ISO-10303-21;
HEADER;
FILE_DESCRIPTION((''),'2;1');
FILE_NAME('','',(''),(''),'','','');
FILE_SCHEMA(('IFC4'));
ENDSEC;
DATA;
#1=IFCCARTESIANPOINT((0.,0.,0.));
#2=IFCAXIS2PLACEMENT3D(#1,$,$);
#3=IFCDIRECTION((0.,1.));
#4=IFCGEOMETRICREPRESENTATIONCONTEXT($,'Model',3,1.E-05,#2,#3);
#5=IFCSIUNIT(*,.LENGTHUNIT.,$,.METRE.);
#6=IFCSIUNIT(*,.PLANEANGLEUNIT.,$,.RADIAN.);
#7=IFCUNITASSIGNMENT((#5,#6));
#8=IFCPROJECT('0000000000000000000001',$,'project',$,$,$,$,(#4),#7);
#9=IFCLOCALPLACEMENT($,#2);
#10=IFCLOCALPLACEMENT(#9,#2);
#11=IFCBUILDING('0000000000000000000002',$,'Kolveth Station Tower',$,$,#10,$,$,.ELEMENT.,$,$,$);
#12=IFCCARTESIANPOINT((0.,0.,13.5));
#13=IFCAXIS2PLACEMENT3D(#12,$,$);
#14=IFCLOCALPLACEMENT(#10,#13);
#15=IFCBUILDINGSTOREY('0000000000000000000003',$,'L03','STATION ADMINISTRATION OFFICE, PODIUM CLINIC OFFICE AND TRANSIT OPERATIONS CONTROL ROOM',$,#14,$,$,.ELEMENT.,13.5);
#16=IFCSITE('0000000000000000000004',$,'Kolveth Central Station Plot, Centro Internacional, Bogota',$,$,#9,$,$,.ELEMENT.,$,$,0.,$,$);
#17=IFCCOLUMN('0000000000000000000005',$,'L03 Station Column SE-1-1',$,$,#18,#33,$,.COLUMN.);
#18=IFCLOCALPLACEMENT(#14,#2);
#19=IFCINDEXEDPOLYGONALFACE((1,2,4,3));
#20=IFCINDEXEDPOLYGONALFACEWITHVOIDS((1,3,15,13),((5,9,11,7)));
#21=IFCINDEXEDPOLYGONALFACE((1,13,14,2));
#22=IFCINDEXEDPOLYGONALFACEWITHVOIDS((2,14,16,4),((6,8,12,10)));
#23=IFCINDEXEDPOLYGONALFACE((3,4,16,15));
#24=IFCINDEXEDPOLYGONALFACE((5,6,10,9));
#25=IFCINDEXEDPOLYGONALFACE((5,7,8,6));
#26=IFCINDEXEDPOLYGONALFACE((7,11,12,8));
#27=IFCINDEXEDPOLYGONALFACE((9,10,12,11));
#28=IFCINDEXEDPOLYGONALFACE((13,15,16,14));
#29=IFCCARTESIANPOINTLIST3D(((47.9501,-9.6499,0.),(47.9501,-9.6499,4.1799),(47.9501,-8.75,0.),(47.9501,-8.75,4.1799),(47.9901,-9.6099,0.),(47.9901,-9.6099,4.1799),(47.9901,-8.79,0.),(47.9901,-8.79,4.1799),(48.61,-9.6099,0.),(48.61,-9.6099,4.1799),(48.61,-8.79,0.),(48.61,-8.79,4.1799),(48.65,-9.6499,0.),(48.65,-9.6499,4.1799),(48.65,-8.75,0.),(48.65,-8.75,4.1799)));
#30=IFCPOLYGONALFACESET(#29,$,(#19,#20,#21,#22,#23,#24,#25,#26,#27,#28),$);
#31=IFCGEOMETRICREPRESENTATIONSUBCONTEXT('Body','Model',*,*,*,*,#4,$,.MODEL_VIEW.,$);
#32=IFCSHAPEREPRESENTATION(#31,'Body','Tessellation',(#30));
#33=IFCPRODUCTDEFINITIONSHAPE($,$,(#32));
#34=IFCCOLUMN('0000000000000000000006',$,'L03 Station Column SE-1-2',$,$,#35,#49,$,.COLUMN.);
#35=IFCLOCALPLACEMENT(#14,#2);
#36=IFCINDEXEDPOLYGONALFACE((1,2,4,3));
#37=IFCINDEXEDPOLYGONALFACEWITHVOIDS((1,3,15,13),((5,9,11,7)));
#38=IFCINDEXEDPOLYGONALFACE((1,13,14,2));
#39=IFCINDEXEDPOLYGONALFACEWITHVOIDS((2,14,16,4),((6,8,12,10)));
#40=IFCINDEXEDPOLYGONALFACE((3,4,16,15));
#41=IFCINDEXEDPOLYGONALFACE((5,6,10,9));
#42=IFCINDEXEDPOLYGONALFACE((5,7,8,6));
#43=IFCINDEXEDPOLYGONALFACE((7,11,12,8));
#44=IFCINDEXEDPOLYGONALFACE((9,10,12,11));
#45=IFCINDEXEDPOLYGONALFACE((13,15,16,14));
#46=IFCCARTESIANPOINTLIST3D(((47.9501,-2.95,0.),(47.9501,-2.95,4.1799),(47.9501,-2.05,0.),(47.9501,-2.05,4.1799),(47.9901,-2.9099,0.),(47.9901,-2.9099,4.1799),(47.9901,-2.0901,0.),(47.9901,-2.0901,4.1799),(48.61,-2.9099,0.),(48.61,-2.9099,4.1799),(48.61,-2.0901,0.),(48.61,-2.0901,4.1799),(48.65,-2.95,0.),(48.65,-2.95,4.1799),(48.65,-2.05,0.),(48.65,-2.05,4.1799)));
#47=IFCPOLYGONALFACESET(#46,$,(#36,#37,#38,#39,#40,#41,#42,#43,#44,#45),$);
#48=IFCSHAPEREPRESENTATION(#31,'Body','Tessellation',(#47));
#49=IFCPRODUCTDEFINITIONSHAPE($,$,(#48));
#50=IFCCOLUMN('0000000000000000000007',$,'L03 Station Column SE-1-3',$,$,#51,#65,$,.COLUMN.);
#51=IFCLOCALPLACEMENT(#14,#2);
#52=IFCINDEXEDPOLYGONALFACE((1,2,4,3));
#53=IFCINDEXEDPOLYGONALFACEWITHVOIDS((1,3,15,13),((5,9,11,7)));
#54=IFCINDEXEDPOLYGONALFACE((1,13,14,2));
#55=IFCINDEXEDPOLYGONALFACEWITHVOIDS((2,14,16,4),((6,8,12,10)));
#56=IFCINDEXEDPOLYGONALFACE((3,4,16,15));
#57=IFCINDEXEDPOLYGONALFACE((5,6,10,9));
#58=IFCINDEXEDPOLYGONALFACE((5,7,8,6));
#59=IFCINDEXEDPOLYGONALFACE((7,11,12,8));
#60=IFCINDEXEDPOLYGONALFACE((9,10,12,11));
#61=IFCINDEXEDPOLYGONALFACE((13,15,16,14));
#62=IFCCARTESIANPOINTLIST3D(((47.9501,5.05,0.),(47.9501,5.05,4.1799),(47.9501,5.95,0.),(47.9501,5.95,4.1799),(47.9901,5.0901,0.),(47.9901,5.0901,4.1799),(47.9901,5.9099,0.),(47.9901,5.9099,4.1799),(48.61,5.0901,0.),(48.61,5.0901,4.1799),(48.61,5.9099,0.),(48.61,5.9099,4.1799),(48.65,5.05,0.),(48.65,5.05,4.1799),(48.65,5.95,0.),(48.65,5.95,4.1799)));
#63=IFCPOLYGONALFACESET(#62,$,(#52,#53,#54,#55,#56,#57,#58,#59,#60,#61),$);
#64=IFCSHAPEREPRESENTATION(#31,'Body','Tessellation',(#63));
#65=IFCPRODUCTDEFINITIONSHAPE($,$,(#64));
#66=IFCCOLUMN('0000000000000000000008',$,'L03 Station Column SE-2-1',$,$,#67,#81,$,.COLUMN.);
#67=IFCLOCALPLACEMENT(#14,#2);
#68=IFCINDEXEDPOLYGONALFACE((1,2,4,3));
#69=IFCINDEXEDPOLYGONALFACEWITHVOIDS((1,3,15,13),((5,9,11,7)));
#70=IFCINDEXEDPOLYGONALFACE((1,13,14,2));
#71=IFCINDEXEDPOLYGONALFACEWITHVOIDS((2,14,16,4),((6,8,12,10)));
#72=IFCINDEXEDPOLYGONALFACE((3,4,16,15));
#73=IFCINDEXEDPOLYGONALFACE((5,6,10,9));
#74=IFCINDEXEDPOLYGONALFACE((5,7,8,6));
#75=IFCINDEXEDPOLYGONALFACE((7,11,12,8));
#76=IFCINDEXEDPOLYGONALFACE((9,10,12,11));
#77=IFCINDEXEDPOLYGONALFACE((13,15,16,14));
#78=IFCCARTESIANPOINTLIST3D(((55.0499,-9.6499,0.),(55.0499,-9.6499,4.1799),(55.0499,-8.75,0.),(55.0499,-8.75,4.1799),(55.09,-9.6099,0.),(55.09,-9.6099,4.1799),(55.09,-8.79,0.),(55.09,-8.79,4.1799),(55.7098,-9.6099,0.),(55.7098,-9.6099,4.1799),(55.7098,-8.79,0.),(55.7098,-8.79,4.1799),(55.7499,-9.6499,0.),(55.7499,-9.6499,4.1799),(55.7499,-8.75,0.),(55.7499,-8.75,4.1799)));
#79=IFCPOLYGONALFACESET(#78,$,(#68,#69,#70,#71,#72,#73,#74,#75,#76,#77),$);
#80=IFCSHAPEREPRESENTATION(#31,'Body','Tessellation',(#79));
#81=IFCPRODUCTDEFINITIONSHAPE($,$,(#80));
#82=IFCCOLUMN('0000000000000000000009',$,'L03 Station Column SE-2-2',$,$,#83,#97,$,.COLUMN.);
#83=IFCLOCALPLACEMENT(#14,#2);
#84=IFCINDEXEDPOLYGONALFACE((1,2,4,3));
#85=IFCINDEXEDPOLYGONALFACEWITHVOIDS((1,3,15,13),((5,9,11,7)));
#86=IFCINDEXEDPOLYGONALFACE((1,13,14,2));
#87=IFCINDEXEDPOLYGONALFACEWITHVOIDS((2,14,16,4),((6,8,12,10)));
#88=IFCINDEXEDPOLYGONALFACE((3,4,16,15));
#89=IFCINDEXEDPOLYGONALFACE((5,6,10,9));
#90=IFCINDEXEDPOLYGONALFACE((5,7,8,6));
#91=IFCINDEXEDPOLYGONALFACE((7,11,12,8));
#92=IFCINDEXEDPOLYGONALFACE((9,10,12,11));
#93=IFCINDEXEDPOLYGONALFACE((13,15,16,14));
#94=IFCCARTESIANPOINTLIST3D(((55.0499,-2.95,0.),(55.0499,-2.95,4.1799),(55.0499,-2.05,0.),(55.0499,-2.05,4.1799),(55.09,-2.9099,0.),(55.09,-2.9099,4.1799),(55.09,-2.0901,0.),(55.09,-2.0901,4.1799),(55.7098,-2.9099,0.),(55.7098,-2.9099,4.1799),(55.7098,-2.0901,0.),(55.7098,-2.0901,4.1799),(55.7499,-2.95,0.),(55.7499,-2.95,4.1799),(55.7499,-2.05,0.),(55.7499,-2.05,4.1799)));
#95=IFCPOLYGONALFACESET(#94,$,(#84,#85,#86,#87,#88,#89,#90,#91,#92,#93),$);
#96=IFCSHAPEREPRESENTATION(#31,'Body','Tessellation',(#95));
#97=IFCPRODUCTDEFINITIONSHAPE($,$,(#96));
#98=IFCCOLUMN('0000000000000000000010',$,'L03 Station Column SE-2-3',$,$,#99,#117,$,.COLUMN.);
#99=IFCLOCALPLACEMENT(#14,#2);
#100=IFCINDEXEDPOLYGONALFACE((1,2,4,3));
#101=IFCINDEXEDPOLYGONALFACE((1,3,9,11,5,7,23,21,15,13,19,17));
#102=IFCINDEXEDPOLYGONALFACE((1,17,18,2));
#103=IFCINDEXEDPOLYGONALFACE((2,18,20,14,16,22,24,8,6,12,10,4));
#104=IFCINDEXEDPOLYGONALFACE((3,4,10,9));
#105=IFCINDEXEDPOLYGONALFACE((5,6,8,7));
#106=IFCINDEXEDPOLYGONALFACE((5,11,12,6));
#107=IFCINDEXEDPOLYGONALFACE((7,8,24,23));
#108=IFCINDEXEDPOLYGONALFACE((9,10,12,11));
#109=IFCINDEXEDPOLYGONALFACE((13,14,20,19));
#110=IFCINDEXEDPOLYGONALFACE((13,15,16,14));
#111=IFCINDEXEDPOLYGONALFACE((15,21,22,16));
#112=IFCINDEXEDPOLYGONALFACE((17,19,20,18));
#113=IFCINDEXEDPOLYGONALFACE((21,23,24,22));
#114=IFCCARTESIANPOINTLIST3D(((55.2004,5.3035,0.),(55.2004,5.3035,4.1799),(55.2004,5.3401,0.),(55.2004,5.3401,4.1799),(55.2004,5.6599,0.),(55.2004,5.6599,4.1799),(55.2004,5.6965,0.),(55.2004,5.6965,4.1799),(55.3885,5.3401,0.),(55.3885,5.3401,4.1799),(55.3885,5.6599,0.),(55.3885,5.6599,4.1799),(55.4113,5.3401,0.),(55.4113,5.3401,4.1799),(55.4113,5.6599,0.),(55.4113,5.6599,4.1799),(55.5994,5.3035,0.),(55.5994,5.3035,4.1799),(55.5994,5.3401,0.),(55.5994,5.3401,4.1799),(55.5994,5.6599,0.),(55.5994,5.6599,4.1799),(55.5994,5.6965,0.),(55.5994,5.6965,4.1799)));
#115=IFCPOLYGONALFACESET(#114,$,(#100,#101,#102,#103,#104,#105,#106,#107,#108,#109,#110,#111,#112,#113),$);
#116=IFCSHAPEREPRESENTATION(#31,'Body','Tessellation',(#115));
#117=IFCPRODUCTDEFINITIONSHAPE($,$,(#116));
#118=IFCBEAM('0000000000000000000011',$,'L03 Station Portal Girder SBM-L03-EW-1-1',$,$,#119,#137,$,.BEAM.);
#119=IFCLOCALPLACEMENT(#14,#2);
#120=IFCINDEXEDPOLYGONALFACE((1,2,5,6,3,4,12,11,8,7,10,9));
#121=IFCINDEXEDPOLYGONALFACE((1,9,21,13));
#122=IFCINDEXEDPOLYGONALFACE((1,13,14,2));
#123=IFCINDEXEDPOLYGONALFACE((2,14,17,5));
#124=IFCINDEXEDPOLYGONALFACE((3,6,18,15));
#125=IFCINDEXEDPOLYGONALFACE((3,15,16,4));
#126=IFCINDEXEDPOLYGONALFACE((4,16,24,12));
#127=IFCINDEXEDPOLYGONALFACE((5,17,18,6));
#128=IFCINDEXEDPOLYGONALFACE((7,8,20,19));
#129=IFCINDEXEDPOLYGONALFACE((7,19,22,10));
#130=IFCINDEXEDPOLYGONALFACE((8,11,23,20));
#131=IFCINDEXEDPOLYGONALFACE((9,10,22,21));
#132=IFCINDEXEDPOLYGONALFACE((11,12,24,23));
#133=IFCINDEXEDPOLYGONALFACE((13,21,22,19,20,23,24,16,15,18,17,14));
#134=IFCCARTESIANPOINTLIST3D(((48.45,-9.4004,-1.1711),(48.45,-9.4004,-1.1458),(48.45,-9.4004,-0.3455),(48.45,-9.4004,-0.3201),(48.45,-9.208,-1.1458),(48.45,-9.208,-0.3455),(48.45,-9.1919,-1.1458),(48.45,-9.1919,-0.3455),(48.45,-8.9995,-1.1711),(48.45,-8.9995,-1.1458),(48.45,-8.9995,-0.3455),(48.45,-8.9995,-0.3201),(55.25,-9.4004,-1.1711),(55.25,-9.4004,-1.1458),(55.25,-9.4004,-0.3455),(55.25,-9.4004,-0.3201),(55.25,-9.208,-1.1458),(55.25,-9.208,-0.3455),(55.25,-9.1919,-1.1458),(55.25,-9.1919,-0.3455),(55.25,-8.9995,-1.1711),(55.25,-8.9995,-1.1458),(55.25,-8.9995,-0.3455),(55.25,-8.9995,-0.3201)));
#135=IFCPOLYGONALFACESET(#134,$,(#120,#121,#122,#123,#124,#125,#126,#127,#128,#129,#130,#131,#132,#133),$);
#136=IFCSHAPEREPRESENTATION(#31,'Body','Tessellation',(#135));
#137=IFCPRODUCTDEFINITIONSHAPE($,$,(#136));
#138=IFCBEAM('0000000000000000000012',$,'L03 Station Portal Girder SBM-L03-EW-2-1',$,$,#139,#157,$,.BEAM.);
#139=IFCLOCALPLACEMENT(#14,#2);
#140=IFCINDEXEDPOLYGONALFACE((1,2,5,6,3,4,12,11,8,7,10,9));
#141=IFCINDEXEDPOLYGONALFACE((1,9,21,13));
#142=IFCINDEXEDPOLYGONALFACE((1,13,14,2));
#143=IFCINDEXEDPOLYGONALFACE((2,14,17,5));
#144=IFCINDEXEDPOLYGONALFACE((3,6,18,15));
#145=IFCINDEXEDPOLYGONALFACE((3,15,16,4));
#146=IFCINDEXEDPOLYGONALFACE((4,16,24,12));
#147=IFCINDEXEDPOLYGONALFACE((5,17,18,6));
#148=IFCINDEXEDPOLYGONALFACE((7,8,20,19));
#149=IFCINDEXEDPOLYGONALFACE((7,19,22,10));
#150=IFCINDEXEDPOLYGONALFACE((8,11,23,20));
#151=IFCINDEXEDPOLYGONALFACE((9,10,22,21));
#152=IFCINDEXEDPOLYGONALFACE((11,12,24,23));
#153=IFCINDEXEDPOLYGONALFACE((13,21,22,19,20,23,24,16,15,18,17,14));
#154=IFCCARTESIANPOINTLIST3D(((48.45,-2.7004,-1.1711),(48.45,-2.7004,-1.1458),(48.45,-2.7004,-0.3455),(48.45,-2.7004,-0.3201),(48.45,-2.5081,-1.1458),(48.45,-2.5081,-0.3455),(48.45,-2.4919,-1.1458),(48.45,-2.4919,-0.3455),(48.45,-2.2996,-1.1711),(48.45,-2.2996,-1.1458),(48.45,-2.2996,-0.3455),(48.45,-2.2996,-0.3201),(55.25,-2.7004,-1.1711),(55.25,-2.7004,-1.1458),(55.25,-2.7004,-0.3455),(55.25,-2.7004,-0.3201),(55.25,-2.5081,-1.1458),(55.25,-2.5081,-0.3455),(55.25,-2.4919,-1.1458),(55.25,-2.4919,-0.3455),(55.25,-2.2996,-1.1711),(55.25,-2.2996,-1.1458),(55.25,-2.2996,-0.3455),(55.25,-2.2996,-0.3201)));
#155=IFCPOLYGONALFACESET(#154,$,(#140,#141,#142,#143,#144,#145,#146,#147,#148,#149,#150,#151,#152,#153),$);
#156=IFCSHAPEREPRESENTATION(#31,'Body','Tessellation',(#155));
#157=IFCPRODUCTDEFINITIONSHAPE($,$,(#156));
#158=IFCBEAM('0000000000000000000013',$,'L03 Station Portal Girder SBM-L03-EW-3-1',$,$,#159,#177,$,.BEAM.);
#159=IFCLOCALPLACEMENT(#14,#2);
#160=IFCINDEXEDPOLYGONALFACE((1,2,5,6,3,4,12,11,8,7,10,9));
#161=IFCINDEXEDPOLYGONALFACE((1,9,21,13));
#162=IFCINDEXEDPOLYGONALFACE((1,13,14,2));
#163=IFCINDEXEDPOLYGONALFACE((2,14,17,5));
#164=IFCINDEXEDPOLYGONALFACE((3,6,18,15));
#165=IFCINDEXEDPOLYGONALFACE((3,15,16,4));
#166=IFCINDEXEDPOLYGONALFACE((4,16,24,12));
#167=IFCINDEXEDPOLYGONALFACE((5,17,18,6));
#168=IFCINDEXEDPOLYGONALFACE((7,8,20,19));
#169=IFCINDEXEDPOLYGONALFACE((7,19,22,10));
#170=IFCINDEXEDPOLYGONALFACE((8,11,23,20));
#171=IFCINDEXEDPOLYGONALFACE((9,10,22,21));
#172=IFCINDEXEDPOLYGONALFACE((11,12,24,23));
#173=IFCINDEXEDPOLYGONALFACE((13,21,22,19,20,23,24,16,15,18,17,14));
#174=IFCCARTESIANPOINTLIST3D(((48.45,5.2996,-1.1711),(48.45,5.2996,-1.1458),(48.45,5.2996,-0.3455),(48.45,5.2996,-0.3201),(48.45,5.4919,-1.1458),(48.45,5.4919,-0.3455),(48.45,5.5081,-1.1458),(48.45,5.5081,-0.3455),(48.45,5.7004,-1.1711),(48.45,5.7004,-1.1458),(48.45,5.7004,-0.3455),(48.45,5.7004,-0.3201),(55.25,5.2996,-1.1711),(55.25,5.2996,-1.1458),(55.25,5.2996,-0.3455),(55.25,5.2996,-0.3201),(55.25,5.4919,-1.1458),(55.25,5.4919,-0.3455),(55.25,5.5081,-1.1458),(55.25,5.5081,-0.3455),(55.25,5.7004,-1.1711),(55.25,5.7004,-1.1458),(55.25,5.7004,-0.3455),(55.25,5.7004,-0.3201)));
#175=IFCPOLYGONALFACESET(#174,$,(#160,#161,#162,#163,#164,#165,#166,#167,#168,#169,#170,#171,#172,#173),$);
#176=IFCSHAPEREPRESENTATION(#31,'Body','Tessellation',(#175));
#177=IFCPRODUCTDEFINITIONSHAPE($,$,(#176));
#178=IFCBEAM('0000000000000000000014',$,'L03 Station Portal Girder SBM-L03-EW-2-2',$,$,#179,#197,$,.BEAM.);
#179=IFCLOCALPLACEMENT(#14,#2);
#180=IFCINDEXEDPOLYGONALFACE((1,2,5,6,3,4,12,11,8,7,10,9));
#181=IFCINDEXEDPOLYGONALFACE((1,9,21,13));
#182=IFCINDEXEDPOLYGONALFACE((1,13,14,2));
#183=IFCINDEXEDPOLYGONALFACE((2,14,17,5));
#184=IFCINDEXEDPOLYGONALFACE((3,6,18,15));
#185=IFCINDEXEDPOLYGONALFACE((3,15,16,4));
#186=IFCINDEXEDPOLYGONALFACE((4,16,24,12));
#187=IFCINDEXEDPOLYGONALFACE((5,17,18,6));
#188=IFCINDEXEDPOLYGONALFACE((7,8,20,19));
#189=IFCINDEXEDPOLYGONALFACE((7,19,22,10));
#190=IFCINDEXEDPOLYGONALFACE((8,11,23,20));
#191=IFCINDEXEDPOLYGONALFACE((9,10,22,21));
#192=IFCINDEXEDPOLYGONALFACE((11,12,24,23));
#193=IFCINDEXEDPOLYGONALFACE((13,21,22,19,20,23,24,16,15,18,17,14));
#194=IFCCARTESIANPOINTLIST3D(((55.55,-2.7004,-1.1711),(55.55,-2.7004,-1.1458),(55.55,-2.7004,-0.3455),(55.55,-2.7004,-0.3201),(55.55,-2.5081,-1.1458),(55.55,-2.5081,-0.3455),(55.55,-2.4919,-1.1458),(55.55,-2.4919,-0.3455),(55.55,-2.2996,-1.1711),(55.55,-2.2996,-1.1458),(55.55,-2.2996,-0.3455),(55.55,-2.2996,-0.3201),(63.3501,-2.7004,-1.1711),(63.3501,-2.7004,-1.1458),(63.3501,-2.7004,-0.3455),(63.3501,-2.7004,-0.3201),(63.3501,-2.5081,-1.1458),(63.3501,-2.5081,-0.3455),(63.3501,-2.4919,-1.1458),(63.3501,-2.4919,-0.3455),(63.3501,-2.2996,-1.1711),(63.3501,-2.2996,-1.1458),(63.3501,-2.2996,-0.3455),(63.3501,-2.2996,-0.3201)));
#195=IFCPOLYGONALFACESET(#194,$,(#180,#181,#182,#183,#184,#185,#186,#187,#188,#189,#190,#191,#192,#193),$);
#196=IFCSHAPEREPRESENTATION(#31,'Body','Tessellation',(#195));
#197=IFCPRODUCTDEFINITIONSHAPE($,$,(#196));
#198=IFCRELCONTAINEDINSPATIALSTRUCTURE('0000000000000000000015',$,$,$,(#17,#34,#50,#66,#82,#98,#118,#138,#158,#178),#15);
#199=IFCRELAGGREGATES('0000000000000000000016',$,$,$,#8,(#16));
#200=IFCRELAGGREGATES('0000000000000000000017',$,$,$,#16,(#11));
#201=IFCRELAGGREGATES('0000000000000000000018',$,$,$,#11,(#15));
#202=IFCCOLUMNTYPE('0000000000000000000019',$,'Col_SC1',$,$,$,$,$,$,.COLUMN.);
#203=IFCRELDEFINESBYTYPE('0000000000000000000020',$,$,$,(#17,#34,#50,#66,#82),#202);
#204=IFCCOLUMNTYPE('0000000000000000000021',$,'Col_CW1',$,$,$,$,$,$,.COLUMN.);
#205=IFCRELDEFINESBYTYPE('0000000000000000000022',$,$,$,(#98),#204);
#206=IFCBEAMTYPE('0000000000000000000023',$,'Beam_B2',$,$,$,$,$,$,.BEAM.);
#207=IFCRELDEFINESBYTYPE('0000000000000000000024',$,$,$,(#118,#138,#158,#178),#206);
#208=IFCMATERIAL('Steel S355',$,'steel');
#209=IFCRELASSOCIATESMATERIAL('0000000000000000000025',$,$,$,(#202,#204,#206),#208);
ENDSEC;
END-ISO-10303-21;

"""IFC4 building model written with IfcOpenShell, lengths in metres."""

from ifc_helpers import new_model, si_unit, direction, frame, origin, origin_2d, place, context, subcontext, project, spatial, hollow_rectangle, i_section, extrude, source, transform, mapped, material, material_profile, profile_set, type_object, element, save


model = new_model("IFC4")

# Units and contexts
model_context = context("Model", 3, precision=1e-05, world=origin(), true_north=direction((0.0, 1.0)))
body_context = subcontext(model_context, "Body", "Model", "MODEL_VIEW")
ifc_project = project(units=[si_unit("LENGTHUNIT", "METRE"), si_unit("PLANEANGLEUNIT", "RADIAN")], contexts=[model_context])

# Site, building, storey
site_placement = place(None, origin())
site = spatial("IfcSite", under=ifc_project, at=site_placement, Name="Kolveth Central Station Plot, Centro Internacional, Bogota", CompositionType="ELEMENT", RefElevation=0.0)
building_placement = place(site_placement, origin())
building = spatial("IfcBuilding", under=site, at=building_placement, Name="Kolveth Station Tower", CompositionType="ELEMENT")
storey_placement = place(building_placement, frame((0.0, 0.0, 13.5)))
storey = spatial("IfcBuildingStorey", under=building, at=storey_placement, Name="L03", Description="STATION ADMINISTRATION OFFICE, PODIUM CLINIC OFFICE AND TRANSIT OPERATIONS CONTROL ROOM", CompositionType="ELEMENT", Elevation=13.5)

# Columns
ifc_material_1 = material(Name="Steel S355", Category="steel")
ifc_material_profile_1 = material_profile(ifc_material_1, hollow_rectangle(XDim=0.7, YDim=0.8999, WallThickness=0.04, at=origin_2d()), Name="BOX900x700x40")
ifc_profile_set_1 = profile_set([ifc_material_profile_1], Name="Steel S355")
column_type_1 = type_object("IfcColumnType", Name="Col_SC1", PredefinedType="COLUMN", material=ifc_profile_set_1)
shared_shape_1 = source(origin(), body_context, "Body", "SweptSolid", [
    extrude(hollow_rectangle(XDim=0.7, YDim=0.8999, WallThickness=0.04, at=origin_2d()), origin(), (0.0, 0.0, 1.0), 4.1799),
])
for number, where, z_axis, x_axis, name in (
    (1, (48.3, -9.2, 0.0), (0.0, 0.0, 1.0), (1.0, 0.0, 0.0), "L03 Station Column SE-1-1"),
    (2, (48.3, -2.5, 0.0), (0.0, 0.0, 1.0), (1.0, 0.0, 0.0), "L03 Station Column SE-1-2"),
    (3, (48.3, 5.5, 0.0), (0.0, 0.0, 1.0), (1.0, 0.0, 0.0), "L03 Station Column SE-1-3"),
    (4, (55.3999, -9.2, 0.0), (0.0, 0.0, 1.0), (1.0, 0.0, 0.0), "L03 Station Column SE-2-1"),
    (5, (55.3999, -2.5, 0.0), (0.0, 0.0, 1.0), (1.0, 0.0, 0.0), "L03 Station Column SE-2-2"),
):
    element("IfcColumn", number, at=place(storey_placement, frame(where, z_axis=z_axis, x_axis=x_axis)), inside=storey, type_object=column_type_1, Name=name, PredefinedType="COLUMN", context=body_context, shape_type="MappedRepresentation", body=[
        mapped(shared_shape_1, transform((0.0, 0.0, 0.0), x_axis=(1.0, 0.0, 0.0), y_axis=(0.0, 1.0, 0.0), z_axis=(0.0, 0.0, 1.0), scale=1.0)),
    ])
ifc_material_profile_2 = material_profile(ifc_material_1, i_section(OverallWidth=0.3989, OverallDepth=0.3931, WebThickness=0.0227, FlangeThickness=0.0366, at=origin_2d()), Name="W360x287")
ifc_profile_set_2 = profile_set([ifc_material_profile_2], Name="Steel S355")
column_type_2 = type_object("IfcColumnType", Name="Col_CW1", PredefinedType="COLUMN", material=ifc_profile_set_2)
shared_shape_2 = source(origin(), body_context, "Body", "SweptSolid", [
    extrude(i_section(OverallWidth=0.3989, OverallDepth=0.3931, WebThickness=0.0227, FlangeThickness=0.0366, at=origin_2d()), origin(), (0.0, 0.0, 1.0), 4.1799),
])
column_placement = place(storey_placement, frame((55.3999, 5.5, 0.0), z_axis=(0.0, 0.0, 1.0), x_axis=(1.0, 0.0, 0.0)))
element("IfcColumn", 6, at=column_placement, inside=storey, type_object=column_type_2, Name="L03 Station Column SE-2-3", PredefinedType="COLUMN", context=body_context, shape_type="MappedRepresentation", body=[
    mapped(shared_shape_2, transform((0.0, 0.0, 0.0), x_axis=(1.0, 0.0, 0.0), y_axis=(0.0, 1.0, 0.0), z_axis=(0.0, 0.0, 1.0), scale=1.0)),
])

# Beams
ifc_material_profile_3 = material_profile(ifc_material_1, i_section(OverallWidth=0.4009, OverallDepth=0.8511, WebThickness=0.0161, FlangeThickness=0.0254, at=origin_2d()), Name="W840x226")
ifc_profile_set_3 = profile_set([ifc_material_profile_3], Name="Steel S355")
beam_type_1 = type_object("IfcBeamType", Name="Beam_B2", PredefinedType="BEAM", material=ifc_profile_set_3)
shared_shape_3 = source(origin(), body_context, "Body", "SweptSolid", [
    extrude(i_section(OverallWidth=0.4009, OverallDepth=0.8511, WebThickness=0.0161, FlangeThickness=0.0254, at=origin_2d()), origin(), (0.0, 0.0, 1.0), 6.8),
])
for number, where, z_axis, x_axis, name in (
    (7, (48.45, -9.2, -0.7456), (1.0, 0.0, 0.0), (0.0, 1.0, 0.0), "L03 Station Portal Girder SBM-L03-EW-1-1"),
    (8, (48.45, -2.5, -0.7456), (1.0, 0.0, 0.0), (0.0, 1.0, 0.0), "L03 Station Portal Girder SBM-L03-EW-2-1"),
    (9, (48.45, 5.5, -0.7456), (1.0, 0.0, 0.0), (0.0, 1.0, 0.0), "L03 Station Portal Girder SBM-L03-EW-3-1"),
):
    element("IfcBeam", number, at=place(storey_placement, frame(where, z_axis=z_axis, x_axis=x_axis)), inside=storey, type_object=beam_type_1, Name=name, PredefinedType="BEAM", context=body_context, shape_type="MappedRepresentation", body=[
        mapped(shared_shape_3, transform((0.0, 0.0, 0.0), x_axis=(1.0, 0.0, 0.0), y_axis=(0.0, 1.0, 0.0), z_axis=(0.0, 0.0, 1.0), scale=1.0)),
    ])
shared_shape_4 = source(origin(), body_context, "Body", "SweptSolid", [
    extrude(i_section(OverallWidth=0.4009, OverallDepth=0.8511, WebThickness=0.0161, FlangeThickness=0.0254, at=origin_2d()), origin(), (0.0, 0.0, 1.0), 7.8),
])
for number, where, z_axis, x_axis, name in (
    (10, (55.55, -2.5, -0.7456), (1.0, 0.0, 0.0), (0.0, 1.0, 0.0), "L03 Station Portal Girder SBM-L03-EW-2-2"),
):
    element("IfcBeam", number, at=place(storey_placement, frame(where, z_axis=z_axis, x_axis=x_axis)), inside=storey, type_object=beam_type_1, Name=name, PredefinedType="BEAM", context=body_context, shape_type="MappedRepresentation", body=[
        mapped(shared_shape_4, transform((0.0, 0.0, 0.0), x_axis=(1.0, 0.0, 0.0), y_axis=(0.0, 1.0, 0.0), z_axis=(0.0, 0.0, 1.0), scale=1.0)),
    ])

save(model, "model.ifc")
